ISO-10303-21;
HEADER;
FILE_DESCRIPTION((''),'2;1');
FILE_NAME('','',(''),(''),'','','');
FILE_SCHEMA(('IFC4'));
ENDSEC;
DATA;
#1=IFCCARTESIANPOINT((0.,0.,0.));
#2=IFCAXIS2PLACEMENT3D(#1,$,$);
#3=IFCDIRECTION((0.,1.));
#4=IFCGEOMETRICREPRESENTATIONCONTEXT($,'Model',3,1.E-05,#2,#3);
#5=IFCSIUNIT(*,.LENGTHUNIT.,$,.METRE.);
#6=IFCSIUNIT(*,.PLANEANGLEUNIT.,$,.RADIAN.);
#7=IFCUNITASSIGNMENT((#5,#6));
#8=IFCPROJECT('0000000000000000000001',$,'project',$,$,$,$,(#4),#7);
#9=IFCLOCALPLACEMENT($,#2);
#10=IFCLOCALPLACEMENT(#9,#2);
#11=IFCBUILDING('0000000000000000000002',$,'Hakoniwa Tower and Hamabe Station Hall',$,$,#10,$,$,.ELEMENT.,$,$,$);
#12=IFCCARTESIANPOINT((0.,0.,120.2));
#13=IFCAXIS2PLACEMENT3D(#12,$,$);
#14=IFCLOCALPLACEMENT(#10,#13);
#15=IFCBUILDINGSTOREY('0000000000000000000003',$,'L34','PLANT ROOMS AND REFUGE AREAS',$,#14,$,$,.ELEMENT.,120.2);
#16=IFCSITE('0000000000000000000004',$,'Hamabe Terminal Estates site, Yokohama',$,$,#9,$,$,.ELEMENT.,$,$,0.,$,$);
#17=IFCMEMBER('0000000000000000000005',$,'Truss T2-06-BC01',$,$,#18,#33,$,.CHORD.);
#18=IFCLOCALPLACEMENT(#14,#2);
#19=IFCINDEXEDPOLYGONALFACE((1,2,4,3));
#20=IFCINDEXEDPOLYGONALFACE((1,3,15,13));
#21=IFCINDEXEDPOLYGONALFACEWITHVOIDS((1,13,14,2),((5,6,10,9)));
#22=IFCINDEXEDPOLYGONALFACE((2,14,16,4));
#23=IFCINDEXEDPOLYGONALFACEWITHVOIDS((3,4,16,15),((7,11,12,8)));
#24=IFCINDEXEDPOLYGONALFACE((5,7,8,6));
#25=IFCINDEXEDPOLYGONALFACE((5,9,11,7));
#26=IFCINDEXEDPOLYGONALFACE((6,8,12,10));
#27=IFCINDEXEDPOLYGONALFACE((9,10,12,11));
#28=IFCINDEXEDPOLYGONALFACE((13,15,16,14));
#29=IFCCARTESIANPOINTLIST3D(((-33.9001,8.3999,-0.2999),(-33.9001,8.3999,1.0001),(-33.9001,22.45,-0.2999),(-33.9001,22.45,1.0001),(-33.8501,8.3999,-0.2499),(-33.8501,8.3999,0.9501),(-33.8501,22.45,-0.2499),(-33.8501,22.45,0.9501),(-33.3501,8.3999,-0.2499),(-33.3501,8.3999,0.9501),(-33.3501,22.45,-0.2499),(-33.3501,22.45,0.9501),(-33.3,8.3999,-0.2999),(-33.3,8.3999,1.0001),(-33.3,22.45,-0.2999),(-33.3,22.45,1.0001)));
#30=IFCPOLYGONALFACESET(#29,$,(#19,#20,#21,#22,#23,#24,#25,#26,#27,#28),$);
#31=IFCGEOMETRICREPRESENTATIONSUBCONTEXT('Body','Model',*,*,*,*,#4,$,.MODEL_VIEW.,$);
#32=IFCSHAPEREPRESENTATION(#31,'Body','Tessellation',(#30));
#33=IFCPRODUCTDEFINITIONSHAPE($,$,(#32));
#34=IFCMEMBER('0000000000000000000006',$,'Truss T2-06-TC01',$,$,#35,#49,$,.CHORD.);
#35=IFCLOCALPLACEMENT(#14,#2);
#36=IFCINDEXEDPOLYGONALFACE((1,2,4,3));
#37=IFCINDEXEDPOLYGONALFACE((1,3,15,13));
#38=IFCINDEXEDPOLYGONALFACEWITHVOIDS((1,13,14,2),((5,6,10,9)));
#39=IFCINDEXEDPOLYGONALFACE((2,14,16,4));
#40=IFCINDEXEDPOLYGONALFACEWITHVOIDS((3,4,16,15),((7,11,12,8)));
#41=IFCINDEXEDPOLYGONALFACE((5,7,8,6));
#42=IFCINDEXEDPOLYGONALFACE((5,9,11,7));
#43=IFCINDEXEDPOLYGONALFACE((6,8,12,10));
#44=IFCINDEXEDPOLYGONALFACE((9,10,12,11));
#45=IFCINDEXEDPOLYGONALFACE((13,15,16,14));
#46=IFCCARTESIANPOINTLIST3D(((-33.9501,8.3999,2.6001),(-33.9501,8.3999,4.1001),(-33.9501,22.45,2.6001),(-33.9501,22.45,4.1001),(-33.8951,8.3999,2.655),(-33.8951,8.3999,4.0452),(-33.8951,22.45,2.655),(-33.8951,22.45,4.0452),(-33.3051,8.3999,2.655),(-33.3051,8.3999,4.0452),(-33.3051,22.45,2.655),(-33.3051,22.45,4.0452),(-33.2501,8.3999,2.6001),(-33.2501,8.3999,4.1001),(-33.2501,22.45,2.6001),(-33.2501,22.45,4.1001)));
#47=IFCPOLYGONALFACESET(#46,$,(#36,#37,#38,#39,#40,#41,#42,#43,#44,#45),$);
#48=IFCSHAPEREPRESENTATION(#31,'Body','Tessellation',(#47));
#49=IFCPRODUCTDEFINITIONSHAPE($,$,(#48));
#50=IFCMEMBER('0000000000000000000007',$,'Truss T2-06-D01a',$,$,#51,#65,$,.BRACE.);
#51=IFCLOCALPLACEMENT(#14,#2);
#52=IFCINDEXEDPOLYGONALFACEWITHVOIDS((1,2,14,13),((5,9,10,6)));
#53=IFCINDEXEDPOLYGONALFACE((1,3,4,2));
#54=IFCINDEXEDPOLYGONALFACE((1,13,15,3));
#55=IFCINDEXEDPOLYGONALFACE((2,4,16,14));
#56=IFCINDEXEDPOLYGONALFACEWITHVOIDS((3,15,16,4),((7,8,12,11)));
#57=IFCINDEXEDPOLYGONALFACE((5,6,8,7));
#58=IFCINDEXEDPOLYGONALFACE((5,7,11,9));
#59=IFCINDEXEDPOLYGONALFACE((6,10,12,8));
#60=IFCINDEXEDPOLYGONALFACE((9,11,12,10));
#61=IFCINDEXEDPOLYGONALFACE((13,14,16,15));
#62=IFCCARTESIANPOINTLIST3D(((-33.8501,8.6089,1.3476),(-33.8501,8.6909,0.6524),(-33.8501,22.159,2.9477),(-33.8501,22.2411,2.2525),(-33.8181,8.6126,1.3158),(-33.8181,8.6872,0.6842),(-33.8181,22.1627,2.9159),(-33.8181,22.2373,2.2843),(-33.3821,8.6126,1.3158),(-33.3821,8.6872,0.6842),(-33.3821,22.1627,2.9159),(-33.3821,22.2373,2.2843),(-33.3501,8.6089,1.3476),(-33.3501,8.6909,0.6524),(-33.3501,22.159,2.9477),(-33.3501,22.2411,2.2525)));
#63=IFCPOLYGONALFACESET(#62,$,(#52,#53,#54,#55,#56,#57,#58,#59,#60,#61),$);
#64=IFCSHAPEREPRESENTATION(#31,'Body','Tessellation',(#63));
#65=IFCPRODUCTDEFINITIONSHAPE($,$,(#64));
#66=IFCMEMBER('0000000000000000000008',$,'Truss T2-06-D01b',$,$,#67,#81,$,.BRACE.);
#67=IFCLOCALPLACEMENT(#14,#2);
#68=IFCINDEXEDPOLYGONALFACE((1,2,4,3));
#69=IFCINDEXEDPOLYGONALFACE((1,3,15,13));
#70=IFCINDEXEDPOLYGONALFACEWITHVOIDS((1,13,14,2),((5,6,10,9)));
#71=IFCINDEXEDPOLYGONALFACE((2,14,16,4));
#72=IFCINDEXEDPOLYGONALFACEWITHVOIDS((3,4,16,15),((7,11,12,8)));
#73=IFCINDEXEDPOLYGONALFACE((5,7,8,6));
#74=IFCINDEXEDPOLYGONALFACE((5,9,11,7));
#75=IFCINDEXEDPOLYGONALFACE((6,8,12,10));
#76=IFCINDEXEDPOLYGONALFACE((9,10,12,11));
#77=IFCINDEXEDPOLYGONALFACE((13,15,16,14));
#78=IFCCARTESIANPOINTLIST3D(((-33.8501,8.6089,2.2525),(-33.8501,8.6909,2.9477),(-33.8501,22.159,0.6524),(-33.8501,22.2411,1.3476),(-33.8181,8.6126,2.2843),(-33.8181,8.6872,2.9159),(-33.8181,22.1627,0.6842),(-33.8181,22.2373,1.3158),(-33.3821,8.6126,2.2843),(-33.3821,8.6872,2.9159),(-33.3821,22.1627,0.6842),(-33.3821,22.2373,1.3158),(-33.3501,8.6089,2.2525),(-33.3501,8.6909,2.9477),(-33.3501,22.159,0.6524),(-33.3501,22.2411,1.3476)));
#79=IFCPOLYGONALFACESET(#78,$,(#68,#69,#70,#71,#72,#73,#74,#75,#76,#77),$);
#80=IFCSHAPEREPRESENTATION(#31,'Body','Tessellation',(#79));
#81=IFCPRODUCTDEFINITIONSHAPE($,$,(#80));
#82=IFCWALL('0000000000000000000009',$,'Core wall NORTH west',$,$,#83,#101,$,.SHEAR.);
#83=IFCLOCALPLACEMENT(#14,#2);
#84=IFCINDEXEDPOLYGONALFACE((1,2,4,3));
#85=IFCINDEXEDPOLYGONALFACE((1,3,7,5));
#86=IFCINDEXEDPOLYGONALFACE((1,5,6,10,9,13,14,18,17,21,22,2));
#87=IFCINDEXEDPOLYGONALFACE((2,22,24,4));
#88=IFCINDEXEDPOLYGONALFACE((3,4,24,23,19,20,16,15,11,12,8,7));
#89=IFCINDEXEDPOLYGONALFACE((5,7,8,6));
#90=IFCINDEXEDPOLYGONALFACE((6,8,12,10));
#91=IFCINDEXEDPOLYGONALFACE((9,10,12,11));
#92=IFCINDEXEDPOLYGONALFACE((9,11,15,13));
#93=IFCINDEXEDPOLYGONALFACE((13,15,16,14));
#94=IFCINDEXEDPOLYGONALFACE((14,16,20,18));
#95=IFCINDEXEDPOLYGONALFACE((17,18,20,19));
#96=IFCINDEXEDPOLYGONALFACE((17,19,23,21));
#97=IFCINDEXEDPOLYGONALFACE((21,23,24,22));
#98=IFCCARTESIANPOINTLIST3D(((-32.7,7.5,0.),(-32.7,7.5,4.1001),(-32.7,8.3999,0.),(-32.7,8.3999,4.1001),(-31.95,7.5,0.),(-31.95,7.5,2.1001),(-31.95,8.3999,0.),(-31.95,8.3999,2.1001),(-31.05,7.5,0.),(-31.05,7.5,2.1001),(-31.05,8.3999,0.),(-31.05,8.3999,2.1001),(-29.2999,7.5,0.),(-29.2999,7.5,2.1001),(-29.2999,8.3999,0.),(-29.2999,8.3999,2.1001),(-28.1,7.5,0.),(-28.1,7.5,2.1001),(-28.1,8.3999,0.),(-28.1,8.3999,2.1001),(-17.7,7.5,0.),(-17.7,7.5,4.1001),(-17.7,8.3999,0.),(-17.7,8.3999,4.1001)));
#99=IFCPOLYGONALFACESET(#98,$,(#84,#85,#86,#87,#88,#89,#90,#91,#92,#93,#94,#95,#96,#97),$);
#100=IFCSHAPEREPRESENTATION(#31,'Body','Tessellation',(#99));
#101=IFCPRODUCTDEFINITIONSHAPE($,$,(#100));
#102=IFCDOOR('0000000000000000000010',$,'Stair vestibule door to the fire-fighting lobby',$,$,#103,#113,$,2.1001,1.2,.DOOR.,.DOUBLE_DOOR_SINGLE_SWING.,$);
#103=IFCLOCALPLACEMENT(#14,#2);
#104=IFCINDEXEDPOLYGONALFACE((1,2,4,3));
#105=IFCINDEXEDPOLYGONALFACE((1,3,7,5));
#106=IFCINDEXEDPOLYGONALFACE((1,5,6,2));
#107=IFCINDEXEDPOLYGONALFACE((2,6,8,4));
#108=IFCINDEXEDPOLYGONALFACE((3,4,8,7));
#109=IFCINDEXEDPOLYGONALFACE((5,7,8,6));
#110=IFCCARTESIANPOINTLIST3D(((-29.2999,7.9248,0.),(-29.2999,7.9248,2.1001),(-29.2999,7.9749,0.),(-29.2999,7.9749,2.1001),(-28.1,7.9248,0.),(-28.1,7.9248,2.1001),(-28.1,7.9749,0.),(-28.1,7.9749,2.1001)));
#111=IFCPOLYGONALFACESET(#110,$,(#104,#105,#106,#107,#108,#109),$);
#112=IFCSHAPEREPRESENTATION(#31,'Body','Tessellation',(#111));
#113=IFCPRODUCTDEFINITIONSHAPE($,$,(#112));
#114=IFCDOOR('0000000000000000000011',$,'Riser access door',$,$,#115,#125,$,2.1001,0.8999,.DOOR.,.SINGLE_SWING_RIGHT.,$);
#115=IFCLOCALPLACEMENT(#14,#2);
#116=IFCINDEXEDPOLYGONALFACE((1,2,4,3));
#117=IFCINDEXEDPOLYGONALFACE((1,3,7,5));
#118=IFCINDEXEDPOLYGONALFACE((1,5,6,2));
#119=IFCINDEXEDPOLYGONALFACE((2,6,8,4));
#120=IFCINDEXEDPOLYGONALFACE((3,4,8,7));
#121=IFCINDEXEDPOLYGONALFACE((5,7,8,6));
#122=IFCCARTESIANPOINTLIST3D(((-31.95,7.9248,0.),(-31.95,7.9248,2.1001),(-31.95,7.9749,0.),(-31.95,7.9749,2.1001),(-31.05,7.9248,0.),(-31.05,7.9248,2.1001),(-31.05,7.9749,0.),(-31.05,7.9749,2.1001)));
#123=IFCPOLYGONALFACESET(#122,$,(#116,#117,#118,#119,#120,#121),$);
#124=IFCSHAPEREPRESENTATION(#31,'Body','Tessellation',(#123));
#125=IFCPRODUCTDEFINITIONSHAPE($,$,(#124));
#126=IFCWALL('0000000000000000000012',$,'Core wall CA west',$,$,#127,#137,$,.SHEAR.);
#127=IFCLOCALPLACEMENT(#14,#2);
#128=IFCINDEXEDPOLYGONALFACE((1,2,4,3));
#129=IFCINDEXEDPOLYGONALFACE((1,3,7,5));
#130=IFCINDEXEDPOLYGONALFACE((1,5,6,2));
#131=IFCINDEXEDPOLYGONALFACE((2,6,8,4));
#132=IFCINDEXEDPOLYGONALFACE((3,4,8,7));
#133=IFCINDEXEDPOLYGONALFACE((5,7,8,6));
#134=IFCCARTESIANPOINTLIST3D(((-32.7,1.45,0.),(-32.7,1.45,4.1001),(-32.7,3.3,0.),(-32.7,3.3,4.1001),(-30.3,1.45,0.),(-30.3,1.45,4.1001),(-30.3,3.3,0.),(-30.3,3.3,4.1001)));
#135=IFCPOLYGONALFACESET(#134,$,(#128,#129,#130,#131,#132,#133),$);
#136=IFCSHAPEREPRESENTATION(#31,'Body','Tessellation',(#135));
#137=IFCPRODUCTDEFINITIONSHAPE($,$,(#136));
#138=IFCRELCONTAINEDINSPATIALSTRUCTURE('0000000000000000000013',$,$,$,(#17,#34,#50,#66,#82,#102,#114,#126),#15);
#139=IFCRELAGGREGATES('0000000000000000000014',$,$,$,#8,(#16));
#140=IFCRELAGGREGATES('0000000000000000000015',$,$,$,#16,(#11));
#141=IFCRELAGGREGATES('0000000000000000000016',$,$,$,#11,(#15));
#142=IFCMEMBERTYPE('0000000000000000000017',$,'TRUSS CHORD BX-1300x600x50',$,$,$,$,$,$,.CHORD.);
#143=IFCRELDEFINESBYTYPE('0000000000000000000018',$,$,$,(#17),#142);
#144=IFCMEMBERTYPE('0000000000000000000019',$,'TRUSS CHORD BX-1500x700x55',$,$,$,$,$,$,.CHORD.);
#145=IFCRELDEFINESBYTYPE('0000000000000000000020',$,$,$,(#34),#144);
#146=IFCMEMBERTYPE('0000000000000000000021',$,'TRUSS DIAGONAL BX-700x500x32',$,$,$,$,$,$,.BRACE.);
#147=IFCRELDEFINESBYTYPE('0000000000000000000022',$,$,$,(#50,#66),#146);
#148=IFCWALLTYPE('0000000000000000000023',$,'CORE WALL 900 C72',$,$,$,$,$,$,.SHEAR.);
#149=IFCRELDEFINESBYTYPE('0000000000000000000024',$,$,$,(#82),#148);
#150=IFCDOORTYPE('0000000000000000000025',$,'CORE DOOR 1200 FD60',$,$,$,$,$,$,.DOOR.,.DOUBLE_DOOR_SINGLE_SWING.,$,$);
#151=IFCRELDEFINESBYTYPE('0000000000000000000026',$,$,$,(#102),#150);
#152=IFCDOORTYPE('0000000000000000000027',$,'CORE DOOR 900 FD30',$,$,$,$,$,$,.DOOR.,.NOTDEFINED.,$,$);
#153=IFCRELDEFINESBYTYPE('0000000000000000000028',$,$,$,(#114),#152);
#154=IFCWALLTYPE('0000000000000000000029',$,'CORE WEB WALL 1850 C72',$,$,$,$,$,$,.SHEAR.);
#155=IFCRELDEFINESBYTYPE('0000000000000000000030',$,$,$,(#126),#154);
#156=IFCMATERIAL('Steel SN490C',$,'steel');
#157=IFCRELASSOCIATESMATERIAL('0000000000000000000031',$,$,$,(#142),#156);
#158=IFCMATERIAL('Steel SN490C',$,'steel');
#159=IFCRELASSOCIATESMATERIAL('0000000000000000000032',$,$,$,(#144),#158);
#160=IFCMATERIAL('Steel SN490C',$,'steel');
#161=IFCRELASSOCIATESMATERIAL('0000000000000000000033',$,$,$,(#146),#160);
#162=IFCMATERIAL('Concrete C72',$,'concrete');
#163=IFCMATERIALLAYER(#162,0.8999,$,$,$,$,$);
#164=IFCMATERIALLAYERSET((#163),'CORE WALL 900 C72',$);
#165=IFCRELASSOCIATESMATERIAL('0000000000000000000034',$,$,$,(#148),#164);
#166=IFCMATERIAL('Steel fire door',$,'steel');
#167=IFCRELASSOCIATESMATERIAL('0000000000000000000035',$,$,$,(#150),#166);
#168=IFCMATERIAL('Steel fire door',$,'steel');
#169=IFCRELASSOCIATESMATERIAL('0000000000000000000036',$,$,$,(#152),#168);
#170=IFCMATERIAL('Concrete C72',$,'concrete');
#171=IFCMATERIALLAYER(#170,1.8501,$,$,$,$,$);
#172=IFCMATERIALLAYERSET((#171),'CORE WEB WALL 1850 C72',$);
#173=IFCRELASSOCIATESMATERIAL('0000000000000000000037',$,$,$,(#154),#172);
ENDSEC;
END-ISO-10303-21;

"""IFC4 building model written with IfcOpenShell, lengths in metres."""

from ifc_helpers import new_model, si_unit, direction, frame, frame_2d, origin, origin_2d, place, context, subcontext, project, spatial, rectangle, hollow_rectangle, extrude, material, layer, layer_set, material_profile, profile_set, type_object, element, fill, save


model = new_model("IFC4")

# Units and contexts
model_context = context("Model", 3, precision=1e-05, world=origin(), true_north=direction((0.0, 1.0)))
body_context = subcontext(model_context, "Body", "Model", "MODEL_VIEW")
ifc_project = project(units=[si_unit("LENGTHUNIT", "METRE"), si_unit("PLANEANGLEUNIT", "RADIAN")], contexts=[model_context])

# Site, building, storey
site_placement = place(None, origin())
site = spatial("IfcSite", under=ifc_project, at=site_placement, Name="Hamabe Terminal Estates site, Yokohama", CompositionType="ELEMENT", RefElevation=0.0)
building_placement = place(site_placement, origin())
building = spatial("IfcBuilding", under=site, at=building_placement, Name="Hakoniwa Tower and Hamabe Station Hall", CompositionType="ELEMENT")
storey_placement = place(building_placement, frame((0.0, 0.0, 120.2)))
storey = spatial("IfcBuildingStorey", under=building, at=storey_placement, Name="L34", Description="PLANT ROOMS AND REFUGE AREAS", CompositionType="ELEMENT", Elevation=120.2)

# Members
ifc_material_1 = material(Name="Steel SN490C", Category="steel")
ifc_material_profile_1 = material_profile(ifc_material_1, hollow_rectangle(XDim=0.6001, YDim=1.3, WallThickness=0.05, at=origin_2d()), Name="BX-1300x600x50")
ifc_profile_set_1 = profile_set([ifc_material_profile_1], Name="Steel SN490C")
member_type_1 = type_object("IfcMemberType", Name="TRUSS CHORD BX-1300x600x50", PredefinedType="CHORD", material=ifc_profile_set_1)
member_1_placement = place(storey_placement, frame((-33.6001, 8.3999, 0.3501), z_axis=(0.0, 1.0, 0.0), x_axis=(-1.0, 0.0, 0.0)))
element("IfcMember", 1, at=member_1_placement, inside=storey, type_object=member_type_1, Name="Truss T2-06-BC01", PredefinedType="CHORD", context=body_context, shape_type="SweptSolid", body=[
    extrude(hollow_rectangle(XDim=0.6001, YDim=1.3, WallThickness=0.05, at=origin_2d()), origin(), (0.0, 0.0, 1.0), 14.05),
])
ifc_material_2 = material(Name="Steel SN490C", Category="steel")
ifc_material_profile_2 = material_profile(ifc_material_2, hollow_rectangle(XDim=0.7, YDim=1.5, WallThickness=0.0549, at=origin_2d()), Name="BX-1500x700x55")
ifc_profile_set_2 = profile_set([ifc_material_profile_2], Name="Steel SN490C")
member_type_2 = type_object("IfcMemberType", Name="TRUSS CHORD BX-1500x700x55", PredefinedType="CHORD", material=ifc_profile_set_2)
member_2_placement = place(storey_placement, frame((-33.6001, 8.3999, 3.3501), z_axis=(0.0, 1.0, 0.0), x_axis=(-1.0, 0.0, 0.0)))
element("IfcMember", 2, at=member_2_placement, inside=storey, type_object=member_type_2, Name="Truss T2-06-TC01", PredefinedType="CHORD", context=body_context, shape_type="SweptSolid", body=[
    extrude(hollow_rectangle(XDim=0.7, YDim=1.5, WallThickness=0.0549, at=origin_2d()), origin(), (0.0, 0.0, 1.0), 14.05),
])
ifc_material_3 = material(Name="Steel SN490C", Category="steel")
ifc_material_profile_3 = material_profile(ifc_material_3, hollow_rectangle(XDim=0.5, YDim=0.7, WallThickness=0.032, at=origin_2d()), Name="BX-700x500x32")
ifc_profile_set_3 = profile_set([ifc_material_profile_3], Name="Steel SN490C")
member_type_3 = type_object("IfcMemberType", Name="TRUSS DIAGONAL BX-700x500x32", PredefinedType="BRACE", material=ifc_profile_set_3)
for number, where, z_axis, x_axis, name in (
    (3, (-33.6001, 8.6499, 1.0), (0.0, 0.9931, 0.117273), (-1.0, 0.0, 0.0), "Truss T2-06-D01a"),
    (4, (-33.6001, 8.6499, 2.6001), (0.0, 0.9931, -0.117273), (-1.0, 0.0, 0.0), "Truss T2-06-D01b"),
):
    element("IfcMember", number, at=place(storey_placement, frame(where, z_axis=z_axis, x_axis=x_axis)), inside=storey, type_object=member_type_3, Name=name, PredefinedType="BRACE", context=body_context, shape_type="SweptSolid", body=[
        extrude(hollow_rectangle(XDim=0.5, YDim=0.7, WallThickness=0.032, at=origin_2d()), origin(), (0.0, 0.0, 1.0), 13.6443),
    ])

# Wall, openings, doors
ifc_material_4 = material(Name="Concrete C72", Category="concrete")
ifc_layer_1 = layer(ifc_material_4, 0.8999)
ifc_layer_set_1 = layer_set([ifc_layer_1], Name="CORE WALL 900 C72")
wall_type_1 = type_object("IfcWallType", Name="CORE WALL 900 C72", PredefinedType="SHEAR", material=ifc_layer_set_1)
wall_1_placement = place(storey_placement, frame((-32.7, 7.95, 0.0), z_axis=(0.0, 0.0, 1.0), x_axis=(1.0, 0.0, 0.0)))
wall_1 = element("IfcWall", 5, at=wall_1_placement, inside=storey, type_object=wall_type_1, Name="Core wall NORTH west", PredefinedType="SHEAR", context=body_context, shape_type="SweptSolid", body=[
    extrude(rectangle(XDim=15.0, YDim=0.8999, at=frame_2d((7.5, 0.0))), origin(), (0.0, 0.0, 1.0), 4.1001),
])
opening_1_placement = place(wall_1_placement, frame((3.3999, 0.0, 0.0)))
opening_1 = element("IfcOpeningElement", 6, at=opening_1_placement, cuts=wall_1, PredefinedType="OPENING", context=body_context, shape_type="SweptSolid", body=[
    extrude(rectangle(XDim=1.2, YDim=2.1001, at=frame_2d((0.6001, 1.05))), frame((0.0, 0.46, 0.0), z_axis=(0.0, -1.0, 0.0), x_axis=(1.0, 0.0, 0.0)), (0.0, 0.0, 1.0), 0.9199),
])
opening_2_placement = place(wall_1_placement, frame((0.75, 0.0, 0.0)))
opening_2 = element("IfcOpeningElement", 7, at=opening_2_placement, cuts=wall_1, PredefinedType="OPENING", context=body_context, shape_type="SweptSolid", body=[
    extrude(rectangle(XDim=0.8999, YDim=2.1001, at=frame_2d((0.45, 1.05))), frame((0.0, 0.46, 0.0), z_axis=(0.0, -1.0, 0.0), x_axis=(1.0, 0.0, 0.0)), (0.0, 0.0, 1.0), 0.9199),
])
ifc_material_5 = material(Name="Steel fire door", Category="steel")
door_type_1 = type_object("IfcDoorType", Name="CORE DOOR 1200 FD60", OperationType="DOUBLE_DOOR_SINGLE_SWING", PredefinedType="DOOR", material=ifc_material_5)
door_1_placement = place(opening_1_placement, origin())
door_1 = element("IfcDoor", 8, at=door_1_placement, inside=storey, type_object=door_type_1, Name="Stair vestibule door to the fire-fighting lobby", OperationType="DOUBLE_DOOR_SINGLE_SWING", OverallHeight=2.1001, OverallWidth=1.2, PredefinedType="DOOR", context=body_context, shape_type="SweptSolid", body=[
    extrude(rectangle(XDim=1.2, YDim=2.1001, at=frame_2d((0.6001, 1.05))), frame((0.0, 0.0249, 0.0), z_axis=(0.0, -1.0, 0.0), x_axis=(1.0, 0.0, 0.0)), (0.0, 0.0, 1.0), 0.05),
])
fill(opening_1, door_1)
ifc_material_6 = material(Name="Steel fire door", Category="steel")
door_type_2 = type_object("IfcDoorType", Name="CORE DOOR 900 FD30", OperationType="NOTDEFINED", PredefinedType="DOOR", material=ifc_material_6)
door_2_placement = place(opening_2_placement, origin())
door_2 = element("IfcDoor", 9, at=door_2_placement, inside=storey, type_object=door_type_2, Name="Riser access door", OperationType="SINGLE_SWING_RIGHT", OverallHeight=2.1001, OverallWidth=0.8999, PredefinedType="DOOR", context=body_context, shape_type="SweptSolid", body=[
    extrude(rectangle(XDim=0.8999, YDim=2.1001, at=frame_2d((0.45, 1.05))), frame((0.0, 0.0249, 0.0), z_axis=(0.0, -1.0, 0.0), x_axis=(1.0, 0.0, 0.0)), (0.0, 0.0, 1.0), 0.05),
])
fill(opening_2, door_2)

# Wall
ifc_material_7 = material(Name="Concrete C72", Category="concrete")
ifc_layer_2 = layer(ifc_material_7, 1.8501)
ifc_layer_set_2 = layer_set([ifc_layer_2], Name="CORE WEB WALL 1850 C72")
wall_type_2 = type_object("IfcWallType", Name="CORE WEB WALL 1850 C72", PredefinedType="SHEAR", material=ifc_layer_set_2)
wall_2_placement = place(storey_placement, frame((-32.7, 2.375, 0.0), z_axis=(0.0, 0.0, 1.0), x_axis=(1.0, 0.0, 0.0)))
element("IfcWall", 10, at=wall_2_placement, inside=storey, type_object=wall_type_2, Name="Core wall CA west", PredefinedType="SHEAR", context=body_context, shape_type="SweptSolid", body=[
    extrude(rectangle(XDim=2.3999, YDim=1.8501, at=frame_2d((1.2, 0.0))), origin(), (0.0, 0.0, 1.0), 4.1001),
])

save(model, "model.ifc")
